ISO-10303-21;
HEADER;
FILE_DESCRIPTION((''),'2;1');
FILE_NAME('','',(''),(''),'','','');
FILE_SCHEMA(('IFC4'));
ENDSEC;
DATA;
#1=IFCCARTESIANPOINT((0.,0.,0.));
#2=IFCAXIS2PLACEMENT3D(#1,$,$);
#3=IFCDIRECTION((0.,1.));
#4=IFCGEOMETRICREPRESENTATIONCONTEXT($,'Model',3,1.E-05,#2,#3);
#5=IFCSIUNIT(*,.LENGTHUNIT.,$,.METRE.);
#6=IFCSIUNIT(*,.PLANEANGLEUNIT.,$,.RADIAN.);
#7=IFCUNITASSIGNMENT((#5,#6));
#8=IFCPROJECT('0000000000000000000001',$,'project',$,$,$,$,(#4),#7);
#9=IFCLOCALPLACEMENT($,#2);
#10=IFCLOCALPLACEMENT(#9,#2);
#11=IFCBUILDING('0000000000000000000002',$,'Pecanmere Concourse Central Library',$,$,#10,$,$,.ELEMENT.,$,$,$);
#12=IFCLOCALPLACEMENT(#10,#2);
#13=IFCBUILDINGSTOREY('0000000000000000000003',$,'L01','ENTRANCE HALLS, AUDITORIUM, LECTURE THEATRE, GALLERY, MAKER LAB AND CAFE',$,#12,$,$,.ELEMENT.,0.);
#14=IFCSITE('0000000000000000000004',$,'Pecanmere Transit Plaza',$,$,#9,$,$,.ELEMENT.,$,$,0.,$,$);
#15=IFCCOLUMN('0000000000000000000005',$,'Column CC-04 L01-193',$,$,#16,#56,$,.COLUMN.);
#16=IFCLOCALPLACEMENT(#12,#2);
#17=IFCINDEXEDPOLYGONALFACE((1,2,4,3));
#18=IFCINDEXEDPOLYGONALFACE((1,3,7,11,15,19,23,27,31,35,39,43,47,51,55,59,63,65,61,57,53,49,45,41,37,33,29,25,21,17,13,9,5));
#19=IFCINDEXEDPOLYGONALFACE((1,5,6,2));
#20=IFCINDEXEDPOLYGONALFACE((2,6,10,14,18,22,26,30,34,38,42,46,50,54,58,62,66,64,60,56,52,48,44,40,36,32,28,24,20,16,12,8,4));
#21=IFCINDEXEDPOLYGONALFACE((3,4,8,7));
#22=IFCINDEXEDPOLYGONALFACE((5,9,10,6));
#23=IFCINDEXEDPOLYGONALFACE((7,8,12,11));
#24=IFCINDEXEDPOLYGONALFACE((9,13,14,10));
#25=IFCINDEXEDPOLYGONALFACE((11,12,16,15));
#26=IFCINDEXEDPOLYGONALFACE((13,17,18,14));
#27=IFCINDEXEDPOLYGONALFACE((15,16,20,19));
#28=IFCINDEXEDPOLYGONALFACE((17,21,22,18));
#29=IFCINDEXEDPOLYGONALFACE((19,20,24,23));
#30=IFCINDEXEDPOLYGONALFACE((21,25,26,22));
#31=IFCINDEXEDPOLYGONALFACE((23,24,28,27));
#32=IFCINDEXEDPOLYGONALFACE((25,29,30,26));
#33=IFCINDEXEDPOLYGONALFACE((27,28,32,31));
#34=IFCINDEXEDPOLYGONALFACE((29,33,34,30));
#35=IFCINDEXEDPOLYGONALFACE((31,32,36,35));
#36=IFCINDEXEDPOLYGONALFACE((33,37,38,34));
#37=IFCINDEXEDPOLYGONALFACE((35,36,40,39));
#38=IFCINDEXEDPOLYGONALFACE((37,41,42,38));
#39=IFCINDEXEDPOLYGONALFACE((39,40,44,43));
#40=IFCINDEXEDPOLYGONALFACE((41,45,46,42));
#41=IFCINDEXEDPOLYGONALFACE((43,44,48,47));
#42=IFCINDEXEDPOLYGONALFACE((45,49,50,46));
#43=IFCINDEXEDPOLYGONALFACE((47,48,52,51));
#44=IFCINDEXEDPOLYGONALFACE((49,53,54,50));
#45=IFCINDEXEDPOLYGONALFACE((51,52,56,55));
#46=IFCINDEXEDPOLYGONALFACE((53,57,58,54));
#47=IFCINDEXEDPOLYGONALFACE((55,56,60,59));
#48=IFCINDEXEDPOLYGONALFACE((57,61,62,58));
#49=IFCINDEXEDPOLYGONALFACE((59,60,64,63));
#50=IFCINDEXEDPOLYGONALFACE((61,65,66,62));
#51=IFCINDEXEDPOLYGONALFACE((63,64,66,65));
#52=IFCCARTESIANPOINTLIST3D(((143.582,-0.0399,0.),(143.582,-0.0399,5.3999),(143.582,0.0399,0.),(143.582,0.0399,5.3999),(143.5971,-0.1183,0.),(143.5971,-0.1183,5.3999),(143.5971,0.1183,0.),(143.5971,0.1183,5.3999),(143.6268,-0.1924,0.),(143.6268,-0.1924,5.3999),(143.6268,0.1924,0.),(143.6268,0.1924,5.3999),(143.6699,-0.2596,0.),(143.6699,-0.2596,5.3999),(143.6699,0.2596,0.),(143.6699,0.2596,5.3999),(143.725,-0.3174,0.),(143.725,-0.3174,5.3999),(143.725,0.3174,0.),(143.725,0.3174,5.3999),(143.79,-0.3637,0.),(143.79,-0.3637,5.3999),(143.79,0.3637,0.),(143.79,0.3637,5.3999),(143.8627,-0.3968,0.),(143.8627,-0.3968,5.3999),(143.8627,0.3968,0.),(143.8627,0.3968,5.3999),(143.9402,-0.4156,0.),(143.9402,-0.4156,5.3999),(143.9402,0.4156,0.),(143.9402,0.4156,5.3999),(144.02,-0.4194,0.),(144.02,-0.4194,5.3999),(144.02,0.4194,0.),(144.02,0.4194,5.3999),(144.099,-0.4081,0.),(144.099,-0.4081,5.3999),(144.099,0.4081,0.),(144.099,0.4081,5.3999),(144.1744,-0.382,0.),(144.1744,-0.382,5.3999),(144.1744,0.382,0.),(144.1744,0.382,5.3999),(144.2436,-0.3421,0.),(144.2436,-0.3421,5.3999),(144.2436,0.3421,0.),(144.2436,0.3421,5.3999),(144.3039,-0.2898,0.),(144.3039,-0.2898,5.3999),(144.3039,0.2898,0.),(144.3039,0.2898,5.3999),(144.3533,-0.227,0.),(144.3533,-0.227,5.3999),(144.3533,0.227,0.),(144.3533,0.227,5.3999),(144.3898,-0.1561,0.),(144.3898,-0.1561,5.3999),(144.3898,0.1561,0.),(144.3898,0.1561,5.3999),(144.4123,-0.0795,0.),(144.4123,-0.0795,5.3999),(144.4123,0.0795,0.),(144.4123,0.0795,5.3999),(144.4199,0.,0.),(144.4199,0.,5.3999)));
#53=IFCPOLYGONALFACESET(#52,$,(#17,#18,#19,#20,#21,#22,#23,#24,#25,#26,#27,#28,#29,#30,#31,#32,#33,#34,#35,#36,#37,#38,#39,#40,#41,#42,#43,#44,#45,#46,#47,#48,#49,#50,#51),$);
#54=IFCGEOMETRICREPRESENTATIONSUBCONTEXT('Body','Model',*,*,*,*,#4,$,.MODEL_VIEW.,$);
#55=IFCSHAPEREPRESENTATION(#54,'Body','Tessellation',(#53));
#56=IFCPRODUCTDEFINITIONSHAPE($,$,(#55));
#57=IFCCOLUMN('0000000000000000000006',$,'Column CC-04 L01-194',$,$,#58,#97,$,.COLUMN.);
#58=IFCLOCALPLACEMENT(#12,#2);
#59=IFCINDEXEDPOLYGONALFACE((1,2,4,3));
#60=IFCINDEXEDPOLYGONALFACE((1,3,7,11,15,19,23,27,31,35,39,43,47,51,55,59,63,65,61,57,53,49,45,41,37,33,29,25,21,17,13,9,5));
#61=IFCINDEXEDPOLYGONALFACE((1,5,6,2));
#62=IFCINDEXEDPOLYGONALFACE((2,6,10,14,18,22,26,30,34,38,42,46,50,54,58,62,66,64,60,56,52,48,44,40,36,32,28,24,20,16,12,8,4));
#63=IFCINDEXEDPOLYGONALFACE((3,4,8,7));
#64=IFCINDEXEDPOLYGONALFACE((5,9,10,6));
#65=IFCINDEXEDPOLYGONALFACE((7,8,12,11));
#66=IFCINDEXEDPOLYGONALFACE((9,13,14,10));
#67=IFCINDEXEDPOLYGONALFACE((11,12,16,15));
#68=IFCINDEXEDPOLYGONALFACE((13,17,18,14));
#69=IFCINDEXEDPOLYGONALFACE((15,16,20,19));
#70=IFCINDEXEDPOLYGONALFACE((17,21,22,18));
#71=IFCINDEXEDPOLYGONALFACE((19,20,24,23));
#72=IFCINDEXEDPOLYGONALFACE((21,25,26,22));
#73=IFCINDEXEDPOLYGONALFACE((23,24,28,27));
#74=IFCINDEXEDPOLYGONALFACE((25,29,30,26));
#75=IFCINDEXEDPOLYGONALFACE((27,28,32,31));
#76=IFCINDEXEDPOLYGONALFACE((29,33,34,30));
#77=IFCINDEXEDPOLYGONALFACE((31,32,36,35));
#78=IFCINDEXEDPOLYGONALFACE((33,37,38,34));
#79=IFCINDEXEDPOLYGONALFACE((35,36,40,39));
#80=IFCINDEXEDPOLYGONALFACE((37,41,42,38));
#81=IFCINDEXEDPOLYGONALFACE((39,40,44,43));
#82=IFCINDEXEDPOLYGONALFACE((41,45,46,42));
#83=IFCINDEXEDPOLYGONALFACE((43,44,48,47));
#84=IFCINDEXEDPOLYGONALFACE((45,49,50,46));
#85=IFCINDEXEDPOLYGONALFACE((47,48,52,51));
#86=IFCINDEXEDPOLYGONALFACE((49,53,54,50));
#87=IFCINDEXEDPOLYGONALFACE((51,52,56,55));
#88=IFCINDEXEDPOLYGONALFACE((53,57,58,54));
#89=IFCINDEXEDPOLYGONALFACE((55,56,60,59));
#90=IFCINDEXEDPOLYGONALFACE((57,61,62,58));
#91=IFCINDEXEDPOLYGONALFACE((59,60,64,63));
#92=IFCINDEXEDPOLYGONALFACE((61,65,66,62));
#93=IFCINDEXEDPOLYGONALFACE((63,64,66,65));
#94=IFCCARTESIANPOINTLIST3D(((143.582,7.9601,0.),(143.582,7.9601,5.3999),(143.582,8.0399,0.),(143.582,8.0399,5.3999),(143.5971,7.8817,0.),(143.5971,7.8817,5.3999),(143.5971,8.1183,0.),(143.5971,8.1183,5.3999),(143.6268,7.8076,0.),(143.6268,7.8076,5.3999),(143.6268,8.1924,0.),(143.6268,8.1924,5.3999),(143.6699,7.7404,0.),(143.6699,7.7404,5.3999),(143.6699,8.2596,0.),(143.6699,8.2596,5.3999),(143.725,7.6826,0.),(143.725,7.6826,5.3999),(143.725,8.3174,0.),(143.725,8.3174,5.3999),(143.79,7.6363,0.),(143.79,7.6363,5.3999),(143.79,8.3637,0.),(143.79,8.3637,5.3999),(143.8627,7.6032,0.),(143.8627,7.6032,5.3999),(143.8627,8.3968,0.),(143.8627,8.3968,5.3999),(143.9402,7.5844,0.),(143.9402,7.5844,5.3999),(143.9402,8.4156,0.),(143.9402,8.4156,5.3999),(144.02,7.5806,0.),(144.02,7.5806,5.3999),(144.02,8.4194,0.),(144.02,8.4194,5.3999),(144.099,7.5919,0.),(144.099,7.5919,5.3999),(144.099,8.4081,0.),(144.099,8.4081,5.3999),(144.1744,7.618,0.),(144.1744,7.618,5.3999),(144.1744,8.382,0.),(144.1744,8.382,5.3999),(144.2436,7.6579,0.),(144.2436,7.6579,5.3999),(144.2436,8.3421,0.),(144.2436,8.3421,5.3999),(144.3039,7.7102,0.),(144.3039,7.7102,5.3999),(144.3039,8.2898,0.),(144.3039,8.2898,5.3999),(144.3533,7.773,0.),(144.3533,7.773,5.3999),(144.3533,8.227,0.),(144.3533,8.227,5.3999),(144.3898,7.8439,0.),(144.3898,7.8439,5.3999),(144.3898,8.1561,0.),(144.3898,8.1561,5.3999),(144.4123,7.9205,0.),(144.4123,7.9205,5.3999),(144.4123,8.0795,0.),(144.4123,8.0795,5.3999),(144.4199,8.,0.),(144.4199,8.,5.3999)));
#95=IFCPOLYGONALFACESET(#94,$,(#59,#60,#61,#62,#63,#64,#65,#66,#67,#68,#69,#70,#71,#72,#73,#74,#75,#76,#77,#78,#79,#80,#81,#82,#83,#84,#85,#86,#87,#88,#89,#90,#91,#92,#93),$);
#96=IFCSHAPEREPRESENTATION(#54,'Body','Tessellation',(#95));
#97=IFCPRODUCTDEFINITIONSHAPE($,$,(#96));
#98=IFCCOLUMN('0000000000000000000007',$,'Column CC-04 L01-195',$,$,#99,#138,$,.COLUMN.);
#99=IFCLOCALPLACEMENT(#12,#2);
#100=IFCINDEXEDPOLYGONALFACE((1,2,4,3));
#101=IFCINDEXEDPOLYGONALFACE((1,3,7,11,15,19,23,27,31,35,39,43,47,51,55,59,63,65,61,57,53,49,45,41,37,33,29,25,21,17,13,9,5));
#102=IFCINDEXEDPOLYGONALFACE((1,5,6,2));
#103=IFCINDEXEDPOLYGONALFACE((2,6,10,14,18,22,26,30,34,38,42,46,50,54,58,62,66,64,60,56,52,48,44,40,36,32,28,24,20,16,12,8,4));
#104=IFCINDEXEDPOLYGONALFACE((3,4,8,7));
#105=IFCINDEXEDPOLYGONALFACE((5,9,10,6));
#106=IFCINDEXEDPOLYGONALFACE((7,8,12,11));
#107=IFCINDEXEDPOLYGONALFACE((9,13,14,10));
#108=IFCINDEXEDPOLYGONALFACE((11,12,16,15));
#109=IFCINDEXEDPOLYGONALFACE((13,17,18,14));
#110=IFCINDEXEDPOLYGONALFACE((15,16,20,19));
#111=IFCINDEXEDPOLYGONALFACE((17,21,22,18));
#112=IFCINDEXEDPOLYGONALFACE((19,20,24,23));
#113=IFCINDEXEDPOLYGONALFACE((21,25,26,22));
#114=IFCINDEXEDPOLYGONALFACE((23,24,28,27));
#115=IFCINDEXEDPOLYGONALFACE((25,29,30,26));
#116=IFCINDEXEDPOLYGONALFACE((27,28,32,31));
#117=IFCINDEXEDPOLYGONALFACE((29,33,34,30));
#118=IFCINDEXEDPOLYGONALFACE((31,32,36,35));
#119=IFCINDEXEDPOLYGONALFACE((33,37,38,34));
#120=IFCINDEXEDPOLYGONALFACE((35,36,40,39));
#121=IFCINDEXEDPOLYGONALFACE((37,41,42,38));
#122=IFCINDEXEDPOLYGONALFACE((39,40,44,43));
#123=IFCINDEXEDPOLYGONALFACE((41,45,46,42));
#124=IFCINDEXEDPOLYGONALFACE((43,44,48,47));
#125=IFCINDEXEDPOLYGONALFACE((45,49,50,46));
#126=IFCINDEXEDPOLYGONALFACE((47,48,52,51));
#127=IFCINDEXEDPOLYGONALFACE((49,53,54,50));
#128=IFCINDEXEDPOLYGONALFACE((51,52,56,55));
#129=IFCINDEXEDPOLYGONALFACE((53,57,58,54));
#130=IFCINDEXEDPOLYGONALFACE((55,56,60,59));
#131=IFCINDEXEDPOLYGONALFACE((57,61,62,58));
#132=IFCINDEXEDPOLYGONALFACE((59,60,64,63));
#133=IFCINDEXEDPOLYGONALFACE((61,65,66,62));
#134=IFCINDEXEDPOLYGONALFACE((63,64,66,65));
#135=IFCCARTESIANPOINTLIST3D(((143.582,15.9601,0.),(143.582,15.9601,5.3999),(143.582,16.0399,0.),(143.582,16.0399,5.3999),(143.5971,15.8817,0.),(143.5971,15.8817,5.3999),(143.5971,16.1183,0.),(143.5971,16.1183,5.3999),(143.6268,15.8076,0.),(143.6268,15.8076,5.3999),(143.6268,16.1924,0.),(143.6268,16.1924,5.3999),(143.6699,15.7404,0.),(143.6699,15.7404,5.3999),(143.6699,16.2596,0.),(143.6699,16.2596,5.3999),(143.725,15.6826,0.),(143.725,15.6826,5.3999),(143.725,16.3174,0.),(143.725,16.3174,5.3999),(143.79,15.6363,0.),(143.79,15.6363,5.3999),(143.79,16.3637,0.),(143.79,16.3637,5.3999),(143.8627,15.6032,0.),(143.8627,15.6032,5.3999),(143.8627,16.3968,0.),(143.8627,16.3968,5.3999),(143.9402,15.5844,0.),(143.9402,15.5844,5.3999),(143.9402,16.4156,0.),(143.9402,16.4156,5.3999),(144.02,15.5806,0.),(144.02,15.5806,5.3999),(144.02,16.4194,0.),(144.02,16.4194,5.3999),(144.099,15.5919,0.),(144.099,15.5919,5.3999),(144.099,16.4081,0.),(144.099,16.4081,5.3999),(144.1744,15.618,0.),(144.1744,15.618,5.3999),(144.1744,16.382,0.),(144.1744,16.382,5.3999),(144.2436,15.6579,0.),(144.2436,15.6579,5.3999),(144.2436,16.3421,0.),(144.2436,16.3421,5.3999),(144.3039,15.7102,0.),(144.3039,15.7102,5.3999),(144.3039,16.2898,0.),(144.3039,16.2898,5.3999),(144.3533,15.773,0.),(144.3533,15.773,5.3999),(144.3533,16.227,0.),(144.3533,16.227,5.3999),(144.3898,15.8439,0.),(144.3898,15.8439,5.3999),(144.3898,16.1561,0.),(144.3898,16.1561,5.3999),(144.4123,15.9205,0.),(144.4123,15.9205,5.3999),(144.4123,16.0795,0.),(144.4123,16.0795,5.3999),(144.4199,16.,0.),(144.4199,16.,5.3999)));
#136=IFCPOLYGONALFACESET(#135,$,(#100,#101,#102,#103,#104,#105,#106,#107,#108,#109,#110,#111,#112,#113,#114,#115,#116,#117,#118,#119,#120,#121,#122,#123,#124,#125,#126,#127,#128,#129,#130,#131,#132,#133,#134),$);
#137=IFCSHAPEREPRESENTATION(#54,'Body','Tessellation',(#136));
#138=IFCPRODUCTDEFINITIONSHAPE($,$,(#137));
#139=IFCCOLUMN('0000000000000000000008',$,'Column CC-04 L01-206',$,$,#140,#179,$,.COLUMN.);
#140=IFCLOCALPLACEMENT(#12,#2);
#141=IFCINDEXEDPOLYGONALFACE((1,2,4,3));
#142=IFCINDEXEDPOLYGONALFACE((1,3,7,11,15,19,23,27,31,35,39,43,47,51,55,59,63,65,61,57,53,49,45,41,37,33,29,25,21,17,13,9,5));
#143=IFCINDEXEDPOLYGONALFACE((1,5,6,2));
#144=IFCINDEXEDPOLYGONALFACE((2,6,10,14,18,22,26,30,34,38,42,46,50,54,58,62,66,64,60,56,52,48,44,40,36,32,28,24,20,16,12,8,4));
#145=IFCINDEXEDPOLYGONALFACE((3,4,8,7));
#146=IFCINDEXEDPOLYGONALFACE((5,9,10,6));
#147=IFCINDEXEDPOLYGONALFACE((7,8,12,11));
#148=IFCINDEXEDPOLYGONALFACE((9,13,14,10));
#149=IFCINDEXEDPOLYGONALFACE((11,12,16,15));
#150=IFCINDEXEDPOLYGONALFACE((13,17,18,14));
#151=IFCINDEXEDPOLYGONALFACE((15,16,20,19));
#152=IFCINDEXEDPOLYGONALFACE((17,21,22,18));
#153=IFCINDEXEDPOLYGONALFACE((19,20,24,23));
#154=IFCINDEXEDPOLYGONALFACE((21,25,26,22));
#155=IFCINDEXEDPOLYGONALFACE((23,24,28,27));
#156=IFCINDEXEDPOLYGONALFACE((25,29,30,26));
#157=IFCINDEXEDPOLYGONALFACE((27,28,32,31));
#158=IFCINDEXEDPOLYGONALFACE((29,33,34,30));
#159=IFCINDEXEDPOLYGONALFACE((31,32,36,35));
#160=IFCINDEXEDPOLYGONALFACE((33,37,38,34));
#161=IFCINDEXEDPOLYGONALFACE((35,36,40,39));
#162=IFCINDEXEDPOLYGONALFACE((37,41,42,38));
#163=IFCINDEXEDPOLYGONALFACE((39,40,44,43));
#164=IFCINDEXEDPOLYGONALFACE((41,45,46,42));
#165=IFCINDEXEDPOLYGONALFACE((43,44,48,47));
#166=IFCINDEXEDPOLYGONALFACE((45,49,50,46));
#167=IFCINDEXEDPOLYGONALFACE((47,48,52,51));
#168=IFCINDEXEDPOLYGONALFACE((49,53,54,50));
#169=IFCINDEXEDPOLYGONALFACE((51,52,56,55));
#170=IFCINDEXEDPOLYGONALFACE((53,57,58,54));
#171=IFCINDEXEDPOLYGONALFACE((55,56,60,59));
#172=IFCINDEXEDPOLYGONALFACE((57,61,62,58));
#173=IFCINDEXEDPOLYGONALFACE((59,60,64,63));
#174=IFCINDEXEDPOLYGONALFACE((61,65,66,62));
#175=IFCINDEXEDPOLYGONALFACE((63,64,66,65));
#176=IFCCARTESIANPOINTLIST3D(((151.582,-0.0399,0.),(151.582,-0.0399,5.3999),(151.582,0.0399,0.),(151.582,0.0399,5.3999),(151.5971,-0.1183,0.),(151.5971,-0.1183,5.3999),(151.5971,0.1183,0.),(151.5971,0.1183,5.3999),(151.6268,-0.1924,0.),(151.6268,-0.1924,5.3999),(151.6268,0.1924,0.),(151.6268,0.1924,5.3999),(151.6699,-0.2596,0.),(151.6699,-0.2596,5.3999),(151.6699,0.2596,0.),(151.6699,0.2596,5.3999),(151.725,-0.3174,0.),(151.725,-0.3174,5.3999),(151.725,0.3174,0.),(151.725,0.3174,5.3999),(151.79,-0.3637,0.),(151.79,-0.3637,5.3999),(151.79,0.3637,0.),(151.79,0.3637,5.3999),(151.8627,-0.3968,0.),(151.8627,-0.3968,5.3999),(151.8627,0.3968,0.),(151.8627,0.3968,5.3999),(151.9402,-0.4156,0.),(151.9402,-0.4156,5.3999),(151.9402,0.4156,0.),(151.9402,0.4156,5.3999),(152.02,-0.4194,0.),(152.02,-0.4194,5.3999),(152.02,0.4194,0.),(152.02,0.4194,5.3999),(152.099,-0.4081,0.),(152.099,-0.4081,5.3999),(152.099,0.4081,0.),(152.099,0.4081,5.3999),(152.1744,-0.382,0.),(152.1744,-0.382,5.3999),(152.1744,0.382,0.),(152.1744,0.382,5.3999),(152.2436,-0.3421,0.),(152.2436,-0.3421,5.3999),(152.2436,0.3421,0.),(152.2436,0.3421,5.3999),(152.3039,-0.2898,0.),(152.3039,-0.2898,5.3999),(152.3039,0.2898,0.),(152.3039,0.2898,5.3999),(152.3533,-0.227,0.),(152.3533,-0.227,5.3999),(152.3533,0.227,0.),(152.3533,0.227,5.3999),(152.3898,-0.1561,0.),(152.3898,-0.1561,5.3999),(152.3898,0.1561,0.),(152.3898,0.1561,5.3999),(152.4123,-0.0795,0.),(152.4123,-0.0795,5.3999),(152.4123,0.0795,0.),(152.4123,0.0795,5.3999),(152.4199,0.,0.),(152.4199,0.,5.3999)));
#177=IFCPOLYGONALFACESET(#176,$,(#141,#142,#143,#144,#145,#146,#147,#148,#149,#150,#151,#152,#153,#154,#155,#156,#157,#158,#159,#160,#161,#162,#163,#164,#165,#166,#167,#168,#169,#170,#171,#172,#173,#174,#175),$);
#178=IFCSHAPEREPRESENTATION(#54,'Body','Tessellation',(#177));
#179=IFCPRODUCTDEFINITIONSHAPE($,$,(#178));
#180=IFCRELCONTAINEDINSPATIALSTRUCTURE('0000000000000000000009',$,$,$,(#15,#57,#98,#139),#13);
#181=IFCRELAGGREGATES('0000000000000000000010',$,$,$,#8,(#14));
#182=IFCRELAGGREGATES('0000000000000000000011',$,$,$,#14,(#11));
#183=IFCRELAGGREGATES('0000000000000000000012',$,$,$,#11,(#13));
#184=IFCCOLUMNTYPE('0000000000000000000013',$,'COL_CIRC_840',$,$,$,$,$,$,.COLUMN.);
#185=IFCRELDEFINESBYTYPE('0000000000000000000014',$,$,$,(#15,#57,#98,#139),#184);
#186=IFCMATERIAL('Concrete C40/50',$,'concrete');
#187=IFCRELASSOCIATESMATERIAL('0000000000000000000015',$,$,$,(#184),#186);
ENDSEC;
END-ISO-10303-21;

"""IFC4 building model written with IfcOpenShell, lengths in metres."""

from ifc_helpers import new_model, si_unit, direction, frame, origin, origin_2d, place, context, subcontext, project, spatial, circle, extrude, material, material_profile, profile_set, type_object, element, save


model = new_model("IFC4")

# Units and contexts
model_context = context("Model", 3, precision=1e-05, world=origin(), true_north=direction((0.0, 1.0)))
body_context = subcontext(model_context, "Body", "Model", "MODEL_VIEW")
ifc_project = project(units=[si_unit("LENGTHUNIT", "METRE"), si_unit("PLANEANGLEUNIT", "RADIAN")], contexts=[model_context])

# Site, building, storey
site_placement = place(None, origin())
site = spatial("IfcSite", under=ifc_project, at=site_placement, Name="Pecanmere Transit Plaza", CompositionType="ELEMENT", RefElevation=0.0)
building_placement = place(site_placement, origin())
building = spatial("IfcBuilding", under=site, at=building_placement, Name="Pecanmere Concourse Central Library", CompositionType="ELEMENT")
storey_placement = place(building_placement, origin())
storey = spatial("IfcBuildingStorey", under=building, at=storey_placement, Name="L01", Description="ENTRANCE HALLS, AUDITORIUM, LECTURE THEATRE, GALLERY, MAKER LAB AND CAFE", CompositionType="ELEMENT", Elevation=0.0)

# Columns
ifc_material_1 = material(Name="Concrete C40/50", Category="concrete")
ifc_material_profile = material_profile(ifc_material_1, circle(Radius=0.4199, at=origin_2d()), Name="RC D840")
ifc_profile_set = profile_set([ifc_material_profile], Name="Concrete C40/50")
column_type = type_object("IfcColumnType", Name="COL_CIRC_840", PredefinedType="COLUMN", material=ifc_profile_set)
for number, where, z_axis, x_axis, name in (
    (1, (144.0, 0.0, 0.0), (0.0, 0.0, 1.0), (1.0, 0.0, 0.0), "Column CC-04 L01-193"),
    (2, (144.0, 8.0, 0.0), (0.0, 0.0, 1.0), (1.0, 0.0, 0.0), "Column CC-04 L01-194"),
    (3, (144.0, 16.0, 0.0), (0.0, 0.0, 1.0), (1.0, 0.0, 0.0), "Column CC-04 L01-195"),
    (4, (152.0, 0.0, 0.0), (0.0, 0.0, 1.0), (1.0, 0.0, 0.0), "Column CC-04 L01-206"),
):
    element("IfcColumn", number, at=place(storey_placement, frame(where, z_axis=z_axis, x_axis=x_axis)), inside=storey, type_object=column_type, Name=name, PredefinedType="COLUMN", context=body_context, shape_type="SweptSolid", body=[
        extrude(circle(Radius=0.4199, at=origin_2d()), origin(), (0.0, 0.0, 1.0), 5.3999),
    ])

save(model, "model.ifc")
